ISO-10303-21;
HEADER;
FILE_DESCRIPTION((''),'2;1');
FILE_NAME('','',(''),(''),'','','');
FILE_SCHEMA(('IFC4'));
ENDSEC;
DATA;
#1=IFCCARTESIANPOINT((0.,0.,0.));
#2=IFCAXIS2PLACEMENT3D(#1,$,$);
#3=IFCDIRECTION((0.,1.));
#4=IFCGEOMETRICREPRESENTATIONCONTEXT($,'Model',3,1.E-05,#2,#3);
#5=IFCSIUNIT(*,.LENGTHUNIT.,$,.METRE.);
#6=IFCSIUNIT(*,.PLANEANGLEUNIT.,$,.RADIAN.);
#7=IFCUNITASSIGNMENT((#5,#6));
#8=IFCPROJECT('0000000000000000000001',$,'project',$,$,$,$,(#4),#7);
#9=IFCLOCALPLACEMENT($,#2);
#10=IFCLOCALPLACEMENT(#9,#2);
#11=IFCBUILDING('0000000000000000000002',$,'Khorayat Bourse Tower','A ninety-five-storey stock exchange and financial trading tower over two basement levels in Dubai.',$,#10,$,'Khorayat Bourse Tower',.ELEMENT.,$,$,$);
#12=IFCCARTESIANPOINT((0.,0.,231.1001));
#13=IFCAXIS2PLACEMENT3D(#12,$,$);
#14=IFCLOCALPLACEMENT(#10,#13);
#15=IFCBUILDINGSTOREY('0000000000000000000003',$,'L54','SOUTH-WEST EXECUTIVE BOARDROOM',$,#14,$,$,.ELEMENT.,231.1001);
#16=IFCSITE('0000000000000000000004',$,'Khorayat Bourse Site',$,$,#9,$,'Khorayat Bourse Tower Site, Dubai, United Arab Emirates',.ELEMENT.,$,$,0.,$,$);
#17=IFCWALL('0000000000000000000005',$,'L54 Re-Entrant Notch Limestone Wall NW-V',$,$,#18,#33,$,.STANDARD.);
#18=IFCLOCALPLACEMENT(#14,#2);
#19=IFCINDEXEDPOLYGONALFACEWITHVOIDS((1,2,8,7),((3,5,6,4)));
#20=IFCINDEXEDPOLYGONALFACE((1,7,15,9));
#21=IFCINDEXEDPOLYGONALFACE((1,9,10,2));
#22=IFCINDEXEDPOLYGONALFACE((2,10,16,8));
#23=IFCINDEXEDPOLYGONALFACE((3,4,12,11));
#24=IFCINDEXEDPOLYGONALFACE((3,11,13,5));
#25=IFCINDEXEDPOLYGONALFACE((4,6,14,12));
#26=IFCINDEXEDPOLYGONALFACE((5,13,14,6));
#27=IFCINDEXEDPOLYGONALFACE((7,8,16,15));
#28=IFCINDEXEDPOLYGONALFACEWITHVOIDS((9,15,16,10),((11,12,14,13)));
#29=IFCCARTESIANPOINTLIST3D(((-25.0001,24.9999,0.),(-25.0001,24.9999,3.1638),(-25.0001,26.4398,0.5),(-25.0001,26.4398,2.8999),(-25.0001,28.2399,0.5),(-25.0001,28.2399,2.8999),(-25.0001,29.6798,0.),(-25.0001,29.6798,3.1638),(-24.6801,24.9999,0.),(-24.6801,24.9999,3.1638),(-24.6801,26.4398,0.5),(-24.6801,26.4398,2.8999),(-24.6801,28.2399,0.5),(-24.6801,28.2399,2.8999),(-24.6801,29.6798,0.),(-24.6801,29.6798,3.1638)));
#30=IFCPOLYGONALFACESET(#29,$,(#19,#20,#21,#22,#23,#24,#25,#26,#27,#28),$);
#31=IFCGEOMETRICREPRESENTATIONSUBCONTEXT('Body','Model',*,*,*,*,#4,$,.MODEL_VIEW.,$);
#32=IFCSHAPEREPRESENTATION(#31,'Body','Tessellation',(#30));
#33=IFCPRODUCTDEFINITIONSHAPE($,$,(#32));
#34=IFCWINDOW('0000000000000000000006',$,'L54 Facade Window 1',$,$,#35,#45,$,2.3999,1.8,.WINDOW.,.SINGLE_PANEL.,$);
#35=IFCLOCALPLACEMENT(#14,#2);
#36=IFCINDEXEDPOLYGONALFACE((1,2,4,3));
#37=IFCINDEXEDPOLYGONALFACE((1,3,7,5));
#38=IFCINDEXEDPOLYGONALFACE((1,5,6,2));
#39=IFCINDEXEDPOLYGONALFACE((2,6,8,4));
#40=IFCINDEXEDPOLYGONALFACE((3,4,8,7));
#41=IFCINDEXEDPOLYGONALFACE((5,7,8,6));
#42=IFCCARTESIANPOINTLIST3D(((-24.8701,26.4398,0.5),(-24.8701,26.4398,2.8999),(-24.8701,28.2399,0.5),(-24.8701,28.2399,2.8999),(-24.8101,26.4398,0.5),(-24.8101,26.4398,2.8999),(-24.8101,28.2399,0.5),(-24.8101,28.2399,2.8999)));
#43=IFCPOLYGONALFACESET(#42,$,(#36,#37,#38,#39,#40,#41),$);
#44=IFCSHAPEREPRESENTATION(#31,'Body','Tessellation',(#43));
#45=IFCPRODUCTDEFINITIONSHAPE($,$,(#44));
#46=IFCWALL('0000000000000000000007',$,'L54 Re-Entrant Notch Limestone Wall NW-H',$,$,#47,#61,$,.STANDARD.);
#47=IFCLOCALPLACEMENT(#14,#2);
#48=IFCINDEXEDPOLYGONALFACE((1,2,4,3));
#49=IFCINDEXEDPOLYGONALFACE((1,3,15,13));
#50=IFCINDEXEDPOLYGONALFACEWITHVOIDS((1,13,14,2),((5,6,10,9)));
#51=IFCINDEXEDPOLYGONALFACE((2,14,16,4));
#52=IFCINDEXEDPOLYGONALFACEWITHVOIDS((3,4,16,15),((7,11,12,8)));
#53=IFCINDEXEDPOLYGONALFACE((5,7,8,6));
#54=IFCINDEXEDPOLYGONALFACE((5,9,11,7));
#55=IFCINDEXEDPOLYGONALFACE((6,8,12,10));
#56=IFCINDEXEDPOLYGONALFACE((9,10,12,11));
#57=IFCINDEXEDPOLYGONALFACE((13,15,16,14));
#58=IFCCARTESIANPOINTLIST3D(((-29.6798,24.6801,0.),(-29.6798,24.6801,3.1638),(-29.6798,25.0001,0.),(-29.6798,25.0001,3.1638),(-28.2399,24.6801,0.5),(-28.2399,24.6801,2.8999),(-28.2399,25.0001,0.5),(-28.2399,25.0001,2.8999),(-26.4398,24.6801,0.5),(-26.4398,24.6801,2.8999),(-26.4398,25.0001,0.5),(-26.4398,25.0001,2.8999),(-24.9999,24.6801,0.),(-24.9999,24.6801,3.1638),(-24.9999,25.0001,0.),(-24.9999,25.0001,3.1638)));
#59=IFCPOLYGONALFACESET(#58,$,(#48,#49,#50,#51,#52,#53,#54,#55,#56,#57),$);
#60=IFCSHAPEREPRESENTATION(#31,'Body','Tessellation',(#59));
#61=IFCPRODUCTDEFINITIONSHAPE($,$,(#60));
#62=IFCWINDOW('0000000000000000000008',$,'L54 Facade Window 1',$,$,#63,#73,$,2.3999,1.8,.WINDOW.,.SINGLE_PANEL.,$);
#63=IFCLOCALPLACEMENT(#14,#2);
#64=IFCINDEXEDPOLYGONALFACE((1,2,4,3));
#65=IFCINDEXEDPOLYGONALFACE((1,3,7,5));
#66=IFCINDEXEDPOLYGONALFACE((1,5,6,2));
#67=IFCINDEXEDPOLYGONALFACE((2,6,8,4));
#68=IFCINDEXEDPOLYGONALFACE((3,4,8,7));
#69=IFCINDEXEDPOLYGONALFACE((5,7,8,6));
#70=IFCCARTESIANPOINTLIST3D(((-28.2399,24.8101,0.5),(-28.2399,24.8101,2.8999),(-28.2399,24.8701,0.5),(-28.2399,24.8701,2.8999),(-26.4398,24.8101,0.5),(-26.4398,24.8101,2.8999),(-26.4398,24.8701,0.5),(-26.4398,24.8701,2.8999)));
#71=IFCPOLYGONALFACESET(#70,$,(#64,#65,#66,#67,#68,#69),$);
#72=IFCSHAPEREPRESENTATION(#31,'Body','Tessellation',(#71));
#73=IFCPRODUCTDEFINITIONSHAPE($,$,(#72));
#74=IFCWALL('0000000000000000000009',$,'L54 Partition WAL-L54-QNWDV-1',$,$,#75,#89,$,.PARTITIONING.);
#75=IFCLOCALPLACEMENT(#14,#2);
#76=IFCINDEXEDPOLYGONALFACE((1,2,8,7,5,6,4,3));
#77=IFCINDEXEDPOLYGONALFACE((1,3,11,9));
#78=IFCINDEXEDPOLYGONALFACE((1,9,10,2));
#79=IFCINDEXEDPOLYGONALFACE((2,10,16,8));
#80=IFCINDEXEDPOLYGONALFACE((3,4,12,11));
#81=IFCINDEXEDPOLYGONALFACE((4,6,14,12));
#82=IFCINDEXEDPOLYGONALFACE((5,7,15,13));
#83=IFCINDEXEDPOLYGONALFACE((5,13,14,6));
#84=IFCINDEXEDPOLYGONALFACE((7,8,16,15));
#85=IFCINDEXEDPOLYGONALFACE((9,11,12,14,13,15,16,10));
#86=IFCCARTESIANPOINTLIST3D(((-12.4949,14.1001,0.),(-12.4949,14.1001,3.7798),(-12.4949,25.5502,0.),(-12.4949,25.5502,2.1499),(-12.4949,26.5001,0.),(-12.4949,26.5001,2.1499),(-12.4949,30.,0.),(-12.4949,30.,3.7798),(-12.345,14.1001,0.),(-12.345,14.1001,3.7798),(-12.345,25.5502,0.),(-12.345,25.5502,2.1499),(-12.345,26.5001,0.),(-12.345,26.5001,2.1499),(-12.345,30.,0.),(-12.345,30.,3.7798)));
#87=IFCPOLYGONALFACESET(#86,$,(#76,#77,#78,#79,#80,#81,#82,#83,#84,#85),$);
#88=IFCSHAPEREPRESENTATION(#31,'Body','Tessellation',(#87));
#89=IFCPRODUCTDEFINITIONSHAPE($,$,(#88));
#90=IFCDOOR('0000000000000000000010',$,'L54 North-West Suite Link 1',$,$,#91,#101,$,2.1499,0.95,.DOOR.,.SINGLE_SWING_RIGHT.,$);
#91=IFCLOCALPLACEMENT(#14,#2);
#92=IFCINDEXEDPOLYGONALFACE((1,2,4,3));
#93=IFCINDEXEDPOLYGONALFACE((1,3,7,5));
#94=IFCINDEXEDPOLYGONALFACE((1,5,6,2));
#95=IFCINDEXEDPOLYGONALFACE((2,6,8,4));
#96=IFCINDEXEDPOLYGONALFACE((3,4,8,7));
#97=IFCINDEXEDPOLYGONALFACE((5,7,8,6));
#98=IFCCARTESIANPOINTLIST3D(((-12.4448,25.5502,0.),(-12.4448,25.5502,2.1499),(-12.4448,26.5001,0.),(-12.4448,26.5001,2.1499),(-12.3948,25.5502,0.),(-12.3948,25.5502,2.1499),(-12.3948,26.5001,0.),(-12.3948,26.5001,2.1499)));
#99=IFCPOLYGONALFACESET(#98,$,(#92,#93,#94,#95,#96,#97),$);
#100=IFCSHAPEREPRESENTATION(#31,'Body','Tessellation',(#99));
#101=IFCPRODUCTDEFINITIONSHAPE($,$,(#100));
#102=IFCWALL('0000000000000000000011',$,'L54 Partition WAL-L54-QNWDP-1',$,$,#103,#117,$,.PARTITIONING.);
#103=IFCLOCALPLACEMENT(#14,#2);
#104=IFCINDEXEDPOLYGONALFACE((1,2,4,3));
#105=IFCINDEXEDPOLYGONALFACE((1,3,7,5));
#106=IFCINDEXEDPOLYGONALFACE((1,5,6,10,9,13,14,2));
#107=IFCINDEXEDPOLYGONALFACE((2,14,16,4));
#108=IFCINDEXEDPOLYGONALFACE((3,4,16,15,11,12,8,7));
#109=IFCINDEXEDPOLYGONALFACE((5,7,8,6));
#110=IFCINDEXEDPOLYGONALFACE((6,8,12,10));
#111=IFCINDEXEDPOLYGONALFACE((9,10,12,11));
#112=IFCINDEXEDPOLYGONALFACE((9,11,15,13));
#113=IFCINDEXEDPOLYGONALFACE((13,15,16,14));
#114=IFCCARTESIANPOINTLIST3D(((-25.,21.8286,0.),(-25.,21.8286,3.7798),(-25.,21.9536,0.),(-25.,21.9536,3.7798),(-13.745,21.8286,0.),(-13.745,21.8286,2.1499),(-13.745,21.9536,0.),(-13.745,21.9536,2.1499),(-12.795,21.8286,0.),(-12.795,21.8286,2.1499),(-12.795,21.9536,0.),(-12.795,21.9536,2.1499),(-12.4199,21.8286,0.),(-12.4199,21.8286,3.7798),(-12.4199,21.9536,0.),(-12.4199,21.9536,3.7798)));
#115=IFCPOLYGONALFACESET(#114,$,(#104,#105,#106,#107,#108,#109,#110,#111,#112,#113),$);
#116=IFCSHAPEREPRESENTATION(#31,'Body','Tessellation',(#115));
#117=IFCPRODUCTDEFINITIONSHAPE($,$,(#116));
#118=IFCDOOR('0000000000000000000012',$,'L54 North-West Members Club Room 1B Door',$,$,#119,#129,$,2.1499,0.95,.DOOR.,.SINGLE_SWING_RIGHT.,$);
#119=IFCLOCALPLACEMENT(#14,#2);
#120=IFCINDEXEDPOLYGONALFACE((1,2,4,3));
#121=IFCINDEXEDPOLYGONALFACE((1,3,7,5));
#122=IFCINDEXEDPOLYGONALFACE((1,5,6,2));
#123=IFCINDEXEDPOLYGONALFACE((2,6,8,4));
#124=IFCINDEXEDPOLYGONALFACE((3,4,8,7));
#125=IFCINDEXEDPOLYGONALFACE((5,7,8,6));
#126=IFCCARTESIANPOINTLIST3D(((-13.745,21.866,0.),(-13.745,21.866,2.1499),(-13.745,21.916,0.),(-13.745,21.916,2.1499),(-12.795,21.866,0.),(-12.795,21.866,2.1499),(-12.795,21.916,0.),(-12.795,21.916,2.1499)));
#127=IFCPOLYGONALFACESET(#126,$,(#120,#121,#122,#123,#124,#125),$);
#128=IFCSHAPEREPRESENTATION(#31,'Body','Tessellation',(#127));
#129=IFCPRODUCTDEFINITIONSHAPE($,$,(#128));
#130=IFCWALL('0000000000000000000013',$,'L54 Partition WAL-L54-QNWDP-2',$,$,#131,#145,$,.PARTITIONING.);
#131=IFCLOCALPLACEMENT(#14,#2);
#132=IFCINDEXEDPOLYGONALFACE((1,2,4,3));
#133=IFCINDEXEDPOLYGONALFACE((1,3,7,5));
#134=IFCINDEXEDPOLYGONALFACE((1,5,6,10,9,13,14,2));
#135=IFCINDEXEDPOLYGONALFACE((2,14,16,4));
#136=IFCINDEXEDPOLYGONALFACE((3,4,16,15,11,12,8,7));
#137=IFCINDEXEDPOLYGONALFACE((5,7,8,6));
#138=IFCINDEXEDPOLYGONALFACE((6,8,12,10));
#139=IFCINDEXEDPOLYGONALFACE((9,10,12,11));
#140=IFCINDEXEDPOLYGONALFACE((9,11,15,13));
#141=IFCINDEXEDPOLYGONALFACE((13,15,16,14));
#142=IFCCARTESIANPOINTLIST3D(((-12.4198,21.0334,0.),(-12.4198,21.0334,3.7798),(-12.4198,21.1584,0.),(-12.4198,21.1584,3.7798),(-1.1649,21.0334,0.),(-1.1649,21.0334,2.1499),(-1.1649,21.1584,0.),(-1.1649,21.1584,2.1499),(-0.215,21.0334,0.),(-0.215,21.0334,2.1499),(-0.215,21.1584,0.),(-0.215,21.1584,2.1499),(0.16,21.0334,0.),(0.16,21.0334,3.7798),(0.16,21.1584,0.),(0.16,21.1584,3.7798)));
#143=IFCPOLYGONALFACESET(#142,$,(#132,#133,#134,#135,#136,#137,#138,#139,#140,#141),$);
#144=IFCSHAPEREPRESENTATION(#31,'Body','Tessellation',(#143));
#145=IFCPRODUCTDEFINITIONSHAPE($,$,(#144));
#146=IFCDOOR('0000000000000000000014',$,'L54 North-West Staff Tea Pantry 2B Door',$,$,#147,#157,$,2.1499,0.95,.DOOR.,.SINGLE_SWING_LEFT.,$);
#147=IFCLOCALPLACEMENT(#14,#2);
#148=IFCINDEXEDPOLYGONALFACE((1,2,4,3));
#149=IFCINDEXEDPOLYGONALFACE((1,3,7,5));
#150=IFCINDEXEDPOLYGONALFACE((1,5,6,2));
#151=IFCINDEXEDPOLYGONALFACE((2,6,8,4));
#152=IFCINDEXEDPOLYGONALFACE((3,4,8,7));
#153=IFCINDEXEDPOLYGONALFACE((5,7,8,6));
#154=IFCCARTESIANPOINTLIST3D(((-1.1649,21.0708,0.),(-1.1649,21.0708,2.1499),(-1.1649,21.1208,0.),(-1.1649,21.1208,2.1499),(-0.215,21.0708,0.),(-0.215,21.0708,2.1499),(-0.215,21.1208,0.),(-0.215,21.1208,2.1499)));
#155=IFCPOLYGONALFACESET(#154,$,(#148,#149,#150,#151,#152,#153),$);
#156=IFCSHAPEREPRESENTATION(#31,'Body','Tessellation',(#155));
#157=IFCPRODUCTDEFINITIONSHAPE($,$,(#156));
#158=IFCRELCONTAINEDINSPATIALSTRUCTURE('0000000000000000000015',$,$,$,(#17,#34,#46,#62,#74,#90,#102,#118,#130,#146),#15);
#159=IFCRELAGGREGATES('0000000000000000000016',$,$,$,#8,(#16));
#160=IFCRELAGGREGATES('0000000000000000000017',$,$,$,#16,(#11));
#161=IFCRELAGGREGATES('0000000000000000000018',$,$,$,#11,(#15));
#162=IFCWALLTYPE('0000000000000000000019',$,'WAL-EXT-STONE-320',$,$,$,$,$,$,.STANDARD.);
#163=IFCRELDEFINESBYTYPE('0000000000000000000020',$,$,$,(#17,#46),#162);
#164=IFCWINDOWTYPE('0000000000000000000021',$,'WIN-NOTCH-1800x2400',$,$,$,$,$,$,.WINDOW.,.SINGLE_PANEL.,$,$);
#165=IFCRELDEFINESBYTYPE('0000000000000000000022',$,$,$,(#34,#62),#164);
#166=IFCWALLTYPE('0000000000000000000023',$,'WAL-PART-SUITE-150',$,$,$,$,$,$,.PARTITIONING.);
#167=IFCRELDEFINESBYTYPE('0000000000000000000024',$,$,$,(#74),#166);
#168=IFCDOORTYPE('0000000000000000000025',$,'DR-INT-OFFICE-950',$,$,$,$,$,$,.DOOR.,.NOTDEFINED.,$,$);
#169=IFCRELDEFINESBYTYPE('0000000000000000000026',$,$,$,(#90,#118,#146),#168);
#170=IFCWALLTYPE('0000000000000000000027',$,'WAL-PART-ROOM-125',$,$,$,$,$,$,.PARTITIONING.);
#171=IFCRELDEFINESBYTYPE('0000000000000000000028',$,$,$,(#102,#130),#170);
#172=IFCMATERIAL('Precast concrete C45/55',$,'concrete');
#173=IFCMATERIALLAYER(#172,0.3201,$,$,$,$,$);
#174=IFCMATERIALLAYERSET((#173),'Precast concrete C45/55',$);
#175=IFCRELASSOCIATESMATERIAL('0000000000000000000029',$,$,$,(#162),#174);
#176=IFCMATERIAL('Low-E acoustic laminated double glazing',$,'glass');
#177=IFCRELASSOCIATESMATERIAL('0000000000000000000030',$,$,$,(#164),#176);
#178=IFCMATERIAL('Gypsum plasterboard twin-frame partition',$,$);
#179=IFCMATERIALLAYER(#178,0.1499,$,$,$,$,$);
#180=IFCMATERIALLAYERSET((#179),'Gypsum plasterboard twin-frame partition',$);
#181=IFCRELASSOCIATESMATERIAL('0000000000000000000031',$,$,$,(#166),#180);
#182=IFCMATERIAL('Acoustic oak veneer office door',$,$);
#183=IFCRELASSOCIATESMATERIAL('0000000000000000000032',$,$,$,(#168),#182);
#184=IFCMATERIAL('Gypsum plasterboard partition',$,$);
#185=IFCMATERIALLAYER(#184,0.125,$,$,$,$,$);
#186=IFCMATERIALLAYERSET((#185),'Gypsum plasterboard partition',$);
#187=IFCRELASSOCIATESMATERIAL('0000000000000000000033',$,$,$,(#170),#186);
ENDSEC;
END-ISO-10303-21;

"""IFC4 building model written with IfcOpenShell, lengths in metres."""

from ifc_helpers import new_model, si_unit, direction, frame, frame_2d, origin, place, context, subcontext, project, spatial, rectangle, extrude, source, transform, mapped, material, layer, layer_set, type_object, element, fill, save


model = new_model("IFC4")

# Units and contexts
model_context = context("Model", 3, precision=1e-05, world=origin(), true_north=direction((0.0, 1.0)))
body_context = subcontext(model_context, "Body", "Model", "MODEL_VIEW")
ifc_project = project(units=[si_unit("LENGTHUNIT", "METRE"), si_unit("PLANEANGLEUNIT", "RADIAN")], contexts=[model_context])

# Site, building, storey
site_placement = place(None, origin())
site = spatial("IfcSite", under=ifc_project, at=site_placement, Name="Khorayat Bourse Site", LongName="Khorayat Bourse Tower Site, Dubai, United Arab Emirates", CompositionType="ELEMENT", RefElevation=0.0)
building_placement = place(site_placement, origin())
building = spatial("IfcBuilding", under=site, at=building_placement, Name="Khorayat Bourse Tower", Description="A ninety-five-storey stock exchange and financial trading tower over two basement levels in Dubai.", LongName="Khorayat Bourse Tower", CompositionType="ELEMENT")
storey_placement = place(building_placement, frame((0.0, 0.0, 231.1001)))
storey = spatial("IfcBuildingStorey", under=building, at=storey_placement, Name="L54", Description="SOUTH-WEST EXECUTIVE BOARDROOM", CompositionType="ELEMENT", Elevation=231.1001)

# Walls, openings, windows
ifc_material_1 = material(Name="Precast concrete C45/55", Category="concrete")
ifc_layer_1 = layer(ifc_material_1, 0.3201)
ifc_layer_set_1 = layer_set([ifc_layer_1], Name="Precast concrete C45/55")
wall_type_1 = type_object("IfcWallType", Name="WAL-EXT-STONE-320", PredefinedType="STANDARD", material=ifc_layer_set_1)
shared_shape_1 = source(origin(), body_context, "Body", "SweptSolid", [
    extrude(rectangle(XDim=4.6799, YDim=0.3201, at=frame_2d((2.3398, 0.0))), origin(), (0.0, 0.0, 1.0), 3.1638),
])
wall_1_placement = place(storey_placement, frame((-24.8401, 25.0, 0.0), z_axis=(0.0, 0.0, 1.0), x_axis=(0.0, 1.0, 0.0)))
wall_1 = element("IfcWall", 1, at=wall_1_placement, inside=storey, type_object=wall_type_1, Name="L54 Re-Entrant Notch Limestone Wall NW-V", PredefinedType="STANDARD", context=body_context, shape_type="MappedRepresentation", body=[
    mapped(shared_shape_1, transform((0.0, 0.0, 0.0), scale=1.0)),
])
shared_shape_2 = source(origin(), body_context, "Body", "SweptSolid", [
    extrude(rectangle(XDim=1.8, YDim=2.3999, at=frame_2d((0.8999, 1.2))), frame((0.0, 0.1699, 0.0), z_axis=(0.0, -1.0, 0.0), x_axis=(1.0, 0.0, 0.0)), (0.0, 0.0, 1.0), 0.3401),
])
opening_1_placement = place(wall_1_placement, frame((1.4399, 0.0, 0.5)))
opening_1 = element("IfcOpeningElement", 2, at=opening_1_placement, cuts=wall_1, PredefinedType="OPENING", context=body_context, shape_type="MappedRepresentation", body=[
    mapped(shared_shape_2, transform((0.0, 0.0, 0.0), scale=1.0)),
])
ifc_material_2 = material(Name="Low-E acoustic laminated double glazing", Category="glass")
window_type = type_object("IfcWindowType", Name="WIN-NOTCH-1800x2400", PartitioningType="SINGLE_PANEL", PredefinedType="WINDOW", material=ifc_material_2)
shared_shape_3 = source(origin(), body_context, "Body", "SweptSolid", [
    extrude(rectangle(XDim=1.8, YDim=2.3999, at=frame_2d((0.8999, 1.2))), frame((0.0, 0.03, 0.0), z_axis=(0.0, -1.0, 0.0), x_axis=(1.0, 0.0, 0.0)), (0.0, 0.0, 1.0), 0.0601),
])
window_1_placement = place(opening_1_placement, origin())
window_1 = element("IfcWindow", 3, at=window_1_placement, inside=storey, type_object=window_type, Name="L54 Facade Window 1", OverallHeight=2.3999, OverallWidth=1.8, PartitioningType="SINGLE_PANEL", PredefinedType="WINDOW", context=body_context, shape_type="MappedRepresentation", body=[
    mapped(shared_shape_3, transform((0.0, 0.0, 0.0), scale=1.0)),
])
fill(opening_1, window_1)
wall_2_placement = place(storey_placement, frame((-25.0, 24.8401, 0.0), z_axis=(0.0, 0.0, 1.0), x_axis=(-1.0, 0.0, 0.0)))
wall_2 = element("IfcWall", 4, at=wall_2_placement, inside=storey, type_object=wall_type_1, Name="L54 Re-Entrant Notch Limestone Wall NW-H", PredefinedType="STANDARD", context=body_context, shape_type="MappedRepresentation", body=[
    mapped(shared_shape_1, transform((0.0, 0.0, 0.0), scale=1.0)),
])
opening_2_placement = place(wall_2_placement, frame((1.4399, 0.0, 0.5)))
opening_2 = element("IfcOpeningElement", 5, at=opening_2_placement, cuts=wall_2, PredefinedType="OPENING", context=body_context, shape_type="MappedRepresentation", body=[
    mapped(shared_shape_2, transform((0.0, 0.0, 0.0), scale=1.0)),
])
window_2_placement = place(opening_2_placement, origin())
window_2 = element("IfcWindow", 6, at=window_2_placement, inside=storey, type_object=window_type, Name="L54 Facade Window 1", OverallHeight=2.3999, OverallWidth=1.8, PartitioningType="SINGLE_PANEL", PredefinedType="WINDOW", context=body_context, shape_type="MappedRepresentation", body=[
    mapped(shared_shape_3, transform((0.0, 0.0, 0.0), scale=1.0)),
])
fill(opening_2, window_2)

# Walls, openings, doors
ifc_material_3 = material(Name="Gypsum plasterboard twin-frame partition")
ifc_layer_2 = layer(ifc_material_3, 0.1499)
ifc_layer_set_2 = layer_set([ifc_layer_2], Name="Gypsum plasterboard twin-frame partition")
wall_type_2 = type_object("IfcWallType", Name="WAL-PART-SUITE-150", PredefinedType="PARTITIONING", material=ifc_layer_set_2)
shared_shape_4 = source(origin(), body_context, "Body", "SweptSolid", [
    extrude(rectangle(XDim=15.8999, YDim=0.1499, at=frame_2d((7.95, 0.0))), origin(), (0.0, 0.0, 1.0), 3.7798),
])
wall_3_placement = place(storey_placement, frame((-12.4199, 14.1001, 0.0), z_axis=(0.0, 0.0, 1.0), x_axis=(0.0, 1.0, 0.0)))
wall_3 = element("IfcWall", 7, at=wall_3_placement, inside=storey, type_object=wall_type_2, Name="L54 Partition WAL-L54-QNWDV-1", PredefinedType="PARTITIONING", context=body_context, shape_type="MappedRepresentation", body=[
    mapped(shared_shape_4, transform((0.0, 0.0, 0.0), scale=1.0)),
])
shared_shape_5 = source(origin(), body_context, "Body", "SweptSolid", [
    extrude(rectangle(XDim=0.95, YDim=2.1499, at=frame_2d((0.4751, 1.075))), frame((0.0, 0.085, 0.0), z_axis=(0.0, -1.0, 0.0), x_axis=(1.0, 0.0, 0.0)), (0.0, 0.0, 1.0), 0.1699),
])
opening_3_placement = place(wall_3_placement, frame((11.45, 0.0, 0.0)))
opening_3 = element("IfcOpeningElement", 8, at=opening_3_placement, cuts=wall_3, PredefinedType="OPENING", context=body_context, shape_type="MappedRepresentation", body=[
    mapped(shared_shape_5, transform((0.0, 0.0, 0.0), scale=1.0)),
])
ifc_material_4 = material(Name="Acoustic oak veneer office door")
door_type = type_object("IfcDoorType", Name="DR-INT-OFFICE-950", OperationType="NOTDEFINED", PredefinedType="DOOR", material=ifc_material_4)
shared_shape_6 = source(origin(), body_context, "Body", "SweptSolid", [
    extrude(rectangle(XDim=0.95, YDim=2.1499, at=frame_2d((0.4751, 1.075))), frame((0.0, 0.0249, 0.0), z_axis=(0.0, -1.0, 0.0), x_axis=(1.0, 0.0, 0.0)), (0.0, 0.0, 1.0), 0.05),
])
door_1_placement = place(opening_3_placement, origin())
door_1 = element("IfcDoor", 9, at=door_1_placement, inside=storey, type_object=door_type, Name="L54 North-West Suite Link 1", OperationType="SINGLE_SWING_RIGHT", OverallHeight=2.1499, OverallWidth=0.95, PredefinedType="DOOR", context=body_context, shape_type="MappedRepresentation", body=[
    mapped(shared_shape_6, transform((0.0, 0.0, 0.0), scale=1.0)),
])
fill(opening_3, door_1)
ifc_material_5 = material(Name="Gypsum plasterboard partition")
ifc_layer_3 = layer(ifc_material_5, 0.125)
ifc_layer_set_3 = layer_set([ifc_layer_3], Name="Gypsum plasterboard partition")
wall_type_3 = type_object("IfcWallType", Name="WAL-PART-ROOM-125", PredefinedType="PARTITIONING", material=ifc_layer_set_3)
shared_shape_7 = source(origin(), body_context, "Body", "SweptSolid", [
    extrude(rectangle(XDim=12.5801, YDim=0.125, at=frame_2d((6.29, 0.0))), origin(), (0.0, 0.0, 1.0), 3.7798),
])
wall_4_placement = place(storey_placement, frame((-25.0, 21.8911, 0.0), z_axis=(0.0, 0.0, 1.0), x_axis=(1.0, 0.0, 0.0)))
wall_4 = element("IfcWall", 10, at=wall_4_placement, inside=storey, type_object=wall_type_3, Name="L54 Partition WAL-L54-QNWDP-1", PredefinedType="PARTITIONING", context=body_context, shape_type="MappedRepresentation", body=[
    mapped(shared_shape_7, transform((0.0, 0.0, 0.0), scale=1.0)),
])
shared_shape_8 = source(origin(), body_context, "Body", "SweptSolid", [
    extrude(rectangle(XDim=0.95, YDim=2.1499, at=frame_2d((0.4751, 1.075))), frame((0.0, 0.0725, 0.0), z_axis=(0.0, -1.0, 0.0), x_axis=(1.0, 0.0, 0.0)), (0.0, 0.0, 1.0), 0.145),
])
opening_4_placement = place(wall_4_placement, frame((11.2549, 0.0, 0.0)))
opening_4 = element("IfcOpeningElement", 11, at=opening_4_placement, cuts=wall_4, PredefinedType="OPENING", context=body_context, shape_type="MappedRepresentation", body=[
    mapped(shared_shape_8, transform((0.0, 0.0, 0.0), scale=1.0)),
])
door_2_placement = place(opening_4_placement, origin())
door_2 = element("IfcDoor", 12, at=door_2_placement, inside=storey, type_object=door_type, Name="L54 North-West Members Club Room 1B Door", OperationType="SINGLE_SWING_RIGHT", OverallHeight=2.1499, OverallWidth=0.95, PredefinedType="DOOR", context=body_context, shape_type="MappedRepresentation", body=[
    mapped(shared_shape_6, transform((0.0, 0.0, 0.0), scale=1.0)),
])
fill(opening_4, door_2)
shared_shape_9 = source(origin(), body_context, "Body", "SweptSolid", [
    extrude(rectangle(XDim=12.5798, YDim=0.125, at=frame_2d((6.29, 0.0))), origin(), (0.0, 0.0, 1.0), 3.7798),
])
wall_5_placement = place(storey_placement, frame((-12.4199, 21.0959, 0.0), z_axis=(0.0, 0.0, 1.0), x_axis=(1.0, 0.0, 0.0)))
wall_5 = element("IfcWall", 13, at=wall_5_placement, inside=storey, type_object=wall_type_3, Name="L54 Partition WAL-L54-QNWDP-2", PredefinedType="PARTITIONING", context=body_context, shape_type="MappedRepresentation", body=[
    mapped(shared_shape_9, transform((0.0, 0.0, 0.0), scale=1.0)),
])
opening_5_placement = place(wall_5_placement, frame((11.2549, 0.0, 0.0)))
opening_5 = element("IfcOpeningElement", 14, at=opening_5_placement, cuts=wall_5, PredefinedType="OPENING", context=body_context, shape_type="MappedRepresentation", body=[
    mapped(shared_shape_8, transform((0.0, 0.0, 0.0), scale=1.0)),
])
door_3_placement = place(opening_5_placement, origin())
door_3 = element("IfcDoor", 15, at=door_3_placement, inside=storey, type_object=door_type, Name="L54 North-West Staff Tea Pantry 2B Door", OperationType="SINGLE_SWING_LEFT", OverallHeight=2.1499, OverallWidth=0.95, PredefinedType="DOOR", context=body_context, shape_type="MappedRepresentation", body=[
    mapped(shared_shape_6, transform((0.0, 0.0, 0.0), scale=1.0)),
])
fill(opening_5, door_3)

save(model, "model.ifc")
